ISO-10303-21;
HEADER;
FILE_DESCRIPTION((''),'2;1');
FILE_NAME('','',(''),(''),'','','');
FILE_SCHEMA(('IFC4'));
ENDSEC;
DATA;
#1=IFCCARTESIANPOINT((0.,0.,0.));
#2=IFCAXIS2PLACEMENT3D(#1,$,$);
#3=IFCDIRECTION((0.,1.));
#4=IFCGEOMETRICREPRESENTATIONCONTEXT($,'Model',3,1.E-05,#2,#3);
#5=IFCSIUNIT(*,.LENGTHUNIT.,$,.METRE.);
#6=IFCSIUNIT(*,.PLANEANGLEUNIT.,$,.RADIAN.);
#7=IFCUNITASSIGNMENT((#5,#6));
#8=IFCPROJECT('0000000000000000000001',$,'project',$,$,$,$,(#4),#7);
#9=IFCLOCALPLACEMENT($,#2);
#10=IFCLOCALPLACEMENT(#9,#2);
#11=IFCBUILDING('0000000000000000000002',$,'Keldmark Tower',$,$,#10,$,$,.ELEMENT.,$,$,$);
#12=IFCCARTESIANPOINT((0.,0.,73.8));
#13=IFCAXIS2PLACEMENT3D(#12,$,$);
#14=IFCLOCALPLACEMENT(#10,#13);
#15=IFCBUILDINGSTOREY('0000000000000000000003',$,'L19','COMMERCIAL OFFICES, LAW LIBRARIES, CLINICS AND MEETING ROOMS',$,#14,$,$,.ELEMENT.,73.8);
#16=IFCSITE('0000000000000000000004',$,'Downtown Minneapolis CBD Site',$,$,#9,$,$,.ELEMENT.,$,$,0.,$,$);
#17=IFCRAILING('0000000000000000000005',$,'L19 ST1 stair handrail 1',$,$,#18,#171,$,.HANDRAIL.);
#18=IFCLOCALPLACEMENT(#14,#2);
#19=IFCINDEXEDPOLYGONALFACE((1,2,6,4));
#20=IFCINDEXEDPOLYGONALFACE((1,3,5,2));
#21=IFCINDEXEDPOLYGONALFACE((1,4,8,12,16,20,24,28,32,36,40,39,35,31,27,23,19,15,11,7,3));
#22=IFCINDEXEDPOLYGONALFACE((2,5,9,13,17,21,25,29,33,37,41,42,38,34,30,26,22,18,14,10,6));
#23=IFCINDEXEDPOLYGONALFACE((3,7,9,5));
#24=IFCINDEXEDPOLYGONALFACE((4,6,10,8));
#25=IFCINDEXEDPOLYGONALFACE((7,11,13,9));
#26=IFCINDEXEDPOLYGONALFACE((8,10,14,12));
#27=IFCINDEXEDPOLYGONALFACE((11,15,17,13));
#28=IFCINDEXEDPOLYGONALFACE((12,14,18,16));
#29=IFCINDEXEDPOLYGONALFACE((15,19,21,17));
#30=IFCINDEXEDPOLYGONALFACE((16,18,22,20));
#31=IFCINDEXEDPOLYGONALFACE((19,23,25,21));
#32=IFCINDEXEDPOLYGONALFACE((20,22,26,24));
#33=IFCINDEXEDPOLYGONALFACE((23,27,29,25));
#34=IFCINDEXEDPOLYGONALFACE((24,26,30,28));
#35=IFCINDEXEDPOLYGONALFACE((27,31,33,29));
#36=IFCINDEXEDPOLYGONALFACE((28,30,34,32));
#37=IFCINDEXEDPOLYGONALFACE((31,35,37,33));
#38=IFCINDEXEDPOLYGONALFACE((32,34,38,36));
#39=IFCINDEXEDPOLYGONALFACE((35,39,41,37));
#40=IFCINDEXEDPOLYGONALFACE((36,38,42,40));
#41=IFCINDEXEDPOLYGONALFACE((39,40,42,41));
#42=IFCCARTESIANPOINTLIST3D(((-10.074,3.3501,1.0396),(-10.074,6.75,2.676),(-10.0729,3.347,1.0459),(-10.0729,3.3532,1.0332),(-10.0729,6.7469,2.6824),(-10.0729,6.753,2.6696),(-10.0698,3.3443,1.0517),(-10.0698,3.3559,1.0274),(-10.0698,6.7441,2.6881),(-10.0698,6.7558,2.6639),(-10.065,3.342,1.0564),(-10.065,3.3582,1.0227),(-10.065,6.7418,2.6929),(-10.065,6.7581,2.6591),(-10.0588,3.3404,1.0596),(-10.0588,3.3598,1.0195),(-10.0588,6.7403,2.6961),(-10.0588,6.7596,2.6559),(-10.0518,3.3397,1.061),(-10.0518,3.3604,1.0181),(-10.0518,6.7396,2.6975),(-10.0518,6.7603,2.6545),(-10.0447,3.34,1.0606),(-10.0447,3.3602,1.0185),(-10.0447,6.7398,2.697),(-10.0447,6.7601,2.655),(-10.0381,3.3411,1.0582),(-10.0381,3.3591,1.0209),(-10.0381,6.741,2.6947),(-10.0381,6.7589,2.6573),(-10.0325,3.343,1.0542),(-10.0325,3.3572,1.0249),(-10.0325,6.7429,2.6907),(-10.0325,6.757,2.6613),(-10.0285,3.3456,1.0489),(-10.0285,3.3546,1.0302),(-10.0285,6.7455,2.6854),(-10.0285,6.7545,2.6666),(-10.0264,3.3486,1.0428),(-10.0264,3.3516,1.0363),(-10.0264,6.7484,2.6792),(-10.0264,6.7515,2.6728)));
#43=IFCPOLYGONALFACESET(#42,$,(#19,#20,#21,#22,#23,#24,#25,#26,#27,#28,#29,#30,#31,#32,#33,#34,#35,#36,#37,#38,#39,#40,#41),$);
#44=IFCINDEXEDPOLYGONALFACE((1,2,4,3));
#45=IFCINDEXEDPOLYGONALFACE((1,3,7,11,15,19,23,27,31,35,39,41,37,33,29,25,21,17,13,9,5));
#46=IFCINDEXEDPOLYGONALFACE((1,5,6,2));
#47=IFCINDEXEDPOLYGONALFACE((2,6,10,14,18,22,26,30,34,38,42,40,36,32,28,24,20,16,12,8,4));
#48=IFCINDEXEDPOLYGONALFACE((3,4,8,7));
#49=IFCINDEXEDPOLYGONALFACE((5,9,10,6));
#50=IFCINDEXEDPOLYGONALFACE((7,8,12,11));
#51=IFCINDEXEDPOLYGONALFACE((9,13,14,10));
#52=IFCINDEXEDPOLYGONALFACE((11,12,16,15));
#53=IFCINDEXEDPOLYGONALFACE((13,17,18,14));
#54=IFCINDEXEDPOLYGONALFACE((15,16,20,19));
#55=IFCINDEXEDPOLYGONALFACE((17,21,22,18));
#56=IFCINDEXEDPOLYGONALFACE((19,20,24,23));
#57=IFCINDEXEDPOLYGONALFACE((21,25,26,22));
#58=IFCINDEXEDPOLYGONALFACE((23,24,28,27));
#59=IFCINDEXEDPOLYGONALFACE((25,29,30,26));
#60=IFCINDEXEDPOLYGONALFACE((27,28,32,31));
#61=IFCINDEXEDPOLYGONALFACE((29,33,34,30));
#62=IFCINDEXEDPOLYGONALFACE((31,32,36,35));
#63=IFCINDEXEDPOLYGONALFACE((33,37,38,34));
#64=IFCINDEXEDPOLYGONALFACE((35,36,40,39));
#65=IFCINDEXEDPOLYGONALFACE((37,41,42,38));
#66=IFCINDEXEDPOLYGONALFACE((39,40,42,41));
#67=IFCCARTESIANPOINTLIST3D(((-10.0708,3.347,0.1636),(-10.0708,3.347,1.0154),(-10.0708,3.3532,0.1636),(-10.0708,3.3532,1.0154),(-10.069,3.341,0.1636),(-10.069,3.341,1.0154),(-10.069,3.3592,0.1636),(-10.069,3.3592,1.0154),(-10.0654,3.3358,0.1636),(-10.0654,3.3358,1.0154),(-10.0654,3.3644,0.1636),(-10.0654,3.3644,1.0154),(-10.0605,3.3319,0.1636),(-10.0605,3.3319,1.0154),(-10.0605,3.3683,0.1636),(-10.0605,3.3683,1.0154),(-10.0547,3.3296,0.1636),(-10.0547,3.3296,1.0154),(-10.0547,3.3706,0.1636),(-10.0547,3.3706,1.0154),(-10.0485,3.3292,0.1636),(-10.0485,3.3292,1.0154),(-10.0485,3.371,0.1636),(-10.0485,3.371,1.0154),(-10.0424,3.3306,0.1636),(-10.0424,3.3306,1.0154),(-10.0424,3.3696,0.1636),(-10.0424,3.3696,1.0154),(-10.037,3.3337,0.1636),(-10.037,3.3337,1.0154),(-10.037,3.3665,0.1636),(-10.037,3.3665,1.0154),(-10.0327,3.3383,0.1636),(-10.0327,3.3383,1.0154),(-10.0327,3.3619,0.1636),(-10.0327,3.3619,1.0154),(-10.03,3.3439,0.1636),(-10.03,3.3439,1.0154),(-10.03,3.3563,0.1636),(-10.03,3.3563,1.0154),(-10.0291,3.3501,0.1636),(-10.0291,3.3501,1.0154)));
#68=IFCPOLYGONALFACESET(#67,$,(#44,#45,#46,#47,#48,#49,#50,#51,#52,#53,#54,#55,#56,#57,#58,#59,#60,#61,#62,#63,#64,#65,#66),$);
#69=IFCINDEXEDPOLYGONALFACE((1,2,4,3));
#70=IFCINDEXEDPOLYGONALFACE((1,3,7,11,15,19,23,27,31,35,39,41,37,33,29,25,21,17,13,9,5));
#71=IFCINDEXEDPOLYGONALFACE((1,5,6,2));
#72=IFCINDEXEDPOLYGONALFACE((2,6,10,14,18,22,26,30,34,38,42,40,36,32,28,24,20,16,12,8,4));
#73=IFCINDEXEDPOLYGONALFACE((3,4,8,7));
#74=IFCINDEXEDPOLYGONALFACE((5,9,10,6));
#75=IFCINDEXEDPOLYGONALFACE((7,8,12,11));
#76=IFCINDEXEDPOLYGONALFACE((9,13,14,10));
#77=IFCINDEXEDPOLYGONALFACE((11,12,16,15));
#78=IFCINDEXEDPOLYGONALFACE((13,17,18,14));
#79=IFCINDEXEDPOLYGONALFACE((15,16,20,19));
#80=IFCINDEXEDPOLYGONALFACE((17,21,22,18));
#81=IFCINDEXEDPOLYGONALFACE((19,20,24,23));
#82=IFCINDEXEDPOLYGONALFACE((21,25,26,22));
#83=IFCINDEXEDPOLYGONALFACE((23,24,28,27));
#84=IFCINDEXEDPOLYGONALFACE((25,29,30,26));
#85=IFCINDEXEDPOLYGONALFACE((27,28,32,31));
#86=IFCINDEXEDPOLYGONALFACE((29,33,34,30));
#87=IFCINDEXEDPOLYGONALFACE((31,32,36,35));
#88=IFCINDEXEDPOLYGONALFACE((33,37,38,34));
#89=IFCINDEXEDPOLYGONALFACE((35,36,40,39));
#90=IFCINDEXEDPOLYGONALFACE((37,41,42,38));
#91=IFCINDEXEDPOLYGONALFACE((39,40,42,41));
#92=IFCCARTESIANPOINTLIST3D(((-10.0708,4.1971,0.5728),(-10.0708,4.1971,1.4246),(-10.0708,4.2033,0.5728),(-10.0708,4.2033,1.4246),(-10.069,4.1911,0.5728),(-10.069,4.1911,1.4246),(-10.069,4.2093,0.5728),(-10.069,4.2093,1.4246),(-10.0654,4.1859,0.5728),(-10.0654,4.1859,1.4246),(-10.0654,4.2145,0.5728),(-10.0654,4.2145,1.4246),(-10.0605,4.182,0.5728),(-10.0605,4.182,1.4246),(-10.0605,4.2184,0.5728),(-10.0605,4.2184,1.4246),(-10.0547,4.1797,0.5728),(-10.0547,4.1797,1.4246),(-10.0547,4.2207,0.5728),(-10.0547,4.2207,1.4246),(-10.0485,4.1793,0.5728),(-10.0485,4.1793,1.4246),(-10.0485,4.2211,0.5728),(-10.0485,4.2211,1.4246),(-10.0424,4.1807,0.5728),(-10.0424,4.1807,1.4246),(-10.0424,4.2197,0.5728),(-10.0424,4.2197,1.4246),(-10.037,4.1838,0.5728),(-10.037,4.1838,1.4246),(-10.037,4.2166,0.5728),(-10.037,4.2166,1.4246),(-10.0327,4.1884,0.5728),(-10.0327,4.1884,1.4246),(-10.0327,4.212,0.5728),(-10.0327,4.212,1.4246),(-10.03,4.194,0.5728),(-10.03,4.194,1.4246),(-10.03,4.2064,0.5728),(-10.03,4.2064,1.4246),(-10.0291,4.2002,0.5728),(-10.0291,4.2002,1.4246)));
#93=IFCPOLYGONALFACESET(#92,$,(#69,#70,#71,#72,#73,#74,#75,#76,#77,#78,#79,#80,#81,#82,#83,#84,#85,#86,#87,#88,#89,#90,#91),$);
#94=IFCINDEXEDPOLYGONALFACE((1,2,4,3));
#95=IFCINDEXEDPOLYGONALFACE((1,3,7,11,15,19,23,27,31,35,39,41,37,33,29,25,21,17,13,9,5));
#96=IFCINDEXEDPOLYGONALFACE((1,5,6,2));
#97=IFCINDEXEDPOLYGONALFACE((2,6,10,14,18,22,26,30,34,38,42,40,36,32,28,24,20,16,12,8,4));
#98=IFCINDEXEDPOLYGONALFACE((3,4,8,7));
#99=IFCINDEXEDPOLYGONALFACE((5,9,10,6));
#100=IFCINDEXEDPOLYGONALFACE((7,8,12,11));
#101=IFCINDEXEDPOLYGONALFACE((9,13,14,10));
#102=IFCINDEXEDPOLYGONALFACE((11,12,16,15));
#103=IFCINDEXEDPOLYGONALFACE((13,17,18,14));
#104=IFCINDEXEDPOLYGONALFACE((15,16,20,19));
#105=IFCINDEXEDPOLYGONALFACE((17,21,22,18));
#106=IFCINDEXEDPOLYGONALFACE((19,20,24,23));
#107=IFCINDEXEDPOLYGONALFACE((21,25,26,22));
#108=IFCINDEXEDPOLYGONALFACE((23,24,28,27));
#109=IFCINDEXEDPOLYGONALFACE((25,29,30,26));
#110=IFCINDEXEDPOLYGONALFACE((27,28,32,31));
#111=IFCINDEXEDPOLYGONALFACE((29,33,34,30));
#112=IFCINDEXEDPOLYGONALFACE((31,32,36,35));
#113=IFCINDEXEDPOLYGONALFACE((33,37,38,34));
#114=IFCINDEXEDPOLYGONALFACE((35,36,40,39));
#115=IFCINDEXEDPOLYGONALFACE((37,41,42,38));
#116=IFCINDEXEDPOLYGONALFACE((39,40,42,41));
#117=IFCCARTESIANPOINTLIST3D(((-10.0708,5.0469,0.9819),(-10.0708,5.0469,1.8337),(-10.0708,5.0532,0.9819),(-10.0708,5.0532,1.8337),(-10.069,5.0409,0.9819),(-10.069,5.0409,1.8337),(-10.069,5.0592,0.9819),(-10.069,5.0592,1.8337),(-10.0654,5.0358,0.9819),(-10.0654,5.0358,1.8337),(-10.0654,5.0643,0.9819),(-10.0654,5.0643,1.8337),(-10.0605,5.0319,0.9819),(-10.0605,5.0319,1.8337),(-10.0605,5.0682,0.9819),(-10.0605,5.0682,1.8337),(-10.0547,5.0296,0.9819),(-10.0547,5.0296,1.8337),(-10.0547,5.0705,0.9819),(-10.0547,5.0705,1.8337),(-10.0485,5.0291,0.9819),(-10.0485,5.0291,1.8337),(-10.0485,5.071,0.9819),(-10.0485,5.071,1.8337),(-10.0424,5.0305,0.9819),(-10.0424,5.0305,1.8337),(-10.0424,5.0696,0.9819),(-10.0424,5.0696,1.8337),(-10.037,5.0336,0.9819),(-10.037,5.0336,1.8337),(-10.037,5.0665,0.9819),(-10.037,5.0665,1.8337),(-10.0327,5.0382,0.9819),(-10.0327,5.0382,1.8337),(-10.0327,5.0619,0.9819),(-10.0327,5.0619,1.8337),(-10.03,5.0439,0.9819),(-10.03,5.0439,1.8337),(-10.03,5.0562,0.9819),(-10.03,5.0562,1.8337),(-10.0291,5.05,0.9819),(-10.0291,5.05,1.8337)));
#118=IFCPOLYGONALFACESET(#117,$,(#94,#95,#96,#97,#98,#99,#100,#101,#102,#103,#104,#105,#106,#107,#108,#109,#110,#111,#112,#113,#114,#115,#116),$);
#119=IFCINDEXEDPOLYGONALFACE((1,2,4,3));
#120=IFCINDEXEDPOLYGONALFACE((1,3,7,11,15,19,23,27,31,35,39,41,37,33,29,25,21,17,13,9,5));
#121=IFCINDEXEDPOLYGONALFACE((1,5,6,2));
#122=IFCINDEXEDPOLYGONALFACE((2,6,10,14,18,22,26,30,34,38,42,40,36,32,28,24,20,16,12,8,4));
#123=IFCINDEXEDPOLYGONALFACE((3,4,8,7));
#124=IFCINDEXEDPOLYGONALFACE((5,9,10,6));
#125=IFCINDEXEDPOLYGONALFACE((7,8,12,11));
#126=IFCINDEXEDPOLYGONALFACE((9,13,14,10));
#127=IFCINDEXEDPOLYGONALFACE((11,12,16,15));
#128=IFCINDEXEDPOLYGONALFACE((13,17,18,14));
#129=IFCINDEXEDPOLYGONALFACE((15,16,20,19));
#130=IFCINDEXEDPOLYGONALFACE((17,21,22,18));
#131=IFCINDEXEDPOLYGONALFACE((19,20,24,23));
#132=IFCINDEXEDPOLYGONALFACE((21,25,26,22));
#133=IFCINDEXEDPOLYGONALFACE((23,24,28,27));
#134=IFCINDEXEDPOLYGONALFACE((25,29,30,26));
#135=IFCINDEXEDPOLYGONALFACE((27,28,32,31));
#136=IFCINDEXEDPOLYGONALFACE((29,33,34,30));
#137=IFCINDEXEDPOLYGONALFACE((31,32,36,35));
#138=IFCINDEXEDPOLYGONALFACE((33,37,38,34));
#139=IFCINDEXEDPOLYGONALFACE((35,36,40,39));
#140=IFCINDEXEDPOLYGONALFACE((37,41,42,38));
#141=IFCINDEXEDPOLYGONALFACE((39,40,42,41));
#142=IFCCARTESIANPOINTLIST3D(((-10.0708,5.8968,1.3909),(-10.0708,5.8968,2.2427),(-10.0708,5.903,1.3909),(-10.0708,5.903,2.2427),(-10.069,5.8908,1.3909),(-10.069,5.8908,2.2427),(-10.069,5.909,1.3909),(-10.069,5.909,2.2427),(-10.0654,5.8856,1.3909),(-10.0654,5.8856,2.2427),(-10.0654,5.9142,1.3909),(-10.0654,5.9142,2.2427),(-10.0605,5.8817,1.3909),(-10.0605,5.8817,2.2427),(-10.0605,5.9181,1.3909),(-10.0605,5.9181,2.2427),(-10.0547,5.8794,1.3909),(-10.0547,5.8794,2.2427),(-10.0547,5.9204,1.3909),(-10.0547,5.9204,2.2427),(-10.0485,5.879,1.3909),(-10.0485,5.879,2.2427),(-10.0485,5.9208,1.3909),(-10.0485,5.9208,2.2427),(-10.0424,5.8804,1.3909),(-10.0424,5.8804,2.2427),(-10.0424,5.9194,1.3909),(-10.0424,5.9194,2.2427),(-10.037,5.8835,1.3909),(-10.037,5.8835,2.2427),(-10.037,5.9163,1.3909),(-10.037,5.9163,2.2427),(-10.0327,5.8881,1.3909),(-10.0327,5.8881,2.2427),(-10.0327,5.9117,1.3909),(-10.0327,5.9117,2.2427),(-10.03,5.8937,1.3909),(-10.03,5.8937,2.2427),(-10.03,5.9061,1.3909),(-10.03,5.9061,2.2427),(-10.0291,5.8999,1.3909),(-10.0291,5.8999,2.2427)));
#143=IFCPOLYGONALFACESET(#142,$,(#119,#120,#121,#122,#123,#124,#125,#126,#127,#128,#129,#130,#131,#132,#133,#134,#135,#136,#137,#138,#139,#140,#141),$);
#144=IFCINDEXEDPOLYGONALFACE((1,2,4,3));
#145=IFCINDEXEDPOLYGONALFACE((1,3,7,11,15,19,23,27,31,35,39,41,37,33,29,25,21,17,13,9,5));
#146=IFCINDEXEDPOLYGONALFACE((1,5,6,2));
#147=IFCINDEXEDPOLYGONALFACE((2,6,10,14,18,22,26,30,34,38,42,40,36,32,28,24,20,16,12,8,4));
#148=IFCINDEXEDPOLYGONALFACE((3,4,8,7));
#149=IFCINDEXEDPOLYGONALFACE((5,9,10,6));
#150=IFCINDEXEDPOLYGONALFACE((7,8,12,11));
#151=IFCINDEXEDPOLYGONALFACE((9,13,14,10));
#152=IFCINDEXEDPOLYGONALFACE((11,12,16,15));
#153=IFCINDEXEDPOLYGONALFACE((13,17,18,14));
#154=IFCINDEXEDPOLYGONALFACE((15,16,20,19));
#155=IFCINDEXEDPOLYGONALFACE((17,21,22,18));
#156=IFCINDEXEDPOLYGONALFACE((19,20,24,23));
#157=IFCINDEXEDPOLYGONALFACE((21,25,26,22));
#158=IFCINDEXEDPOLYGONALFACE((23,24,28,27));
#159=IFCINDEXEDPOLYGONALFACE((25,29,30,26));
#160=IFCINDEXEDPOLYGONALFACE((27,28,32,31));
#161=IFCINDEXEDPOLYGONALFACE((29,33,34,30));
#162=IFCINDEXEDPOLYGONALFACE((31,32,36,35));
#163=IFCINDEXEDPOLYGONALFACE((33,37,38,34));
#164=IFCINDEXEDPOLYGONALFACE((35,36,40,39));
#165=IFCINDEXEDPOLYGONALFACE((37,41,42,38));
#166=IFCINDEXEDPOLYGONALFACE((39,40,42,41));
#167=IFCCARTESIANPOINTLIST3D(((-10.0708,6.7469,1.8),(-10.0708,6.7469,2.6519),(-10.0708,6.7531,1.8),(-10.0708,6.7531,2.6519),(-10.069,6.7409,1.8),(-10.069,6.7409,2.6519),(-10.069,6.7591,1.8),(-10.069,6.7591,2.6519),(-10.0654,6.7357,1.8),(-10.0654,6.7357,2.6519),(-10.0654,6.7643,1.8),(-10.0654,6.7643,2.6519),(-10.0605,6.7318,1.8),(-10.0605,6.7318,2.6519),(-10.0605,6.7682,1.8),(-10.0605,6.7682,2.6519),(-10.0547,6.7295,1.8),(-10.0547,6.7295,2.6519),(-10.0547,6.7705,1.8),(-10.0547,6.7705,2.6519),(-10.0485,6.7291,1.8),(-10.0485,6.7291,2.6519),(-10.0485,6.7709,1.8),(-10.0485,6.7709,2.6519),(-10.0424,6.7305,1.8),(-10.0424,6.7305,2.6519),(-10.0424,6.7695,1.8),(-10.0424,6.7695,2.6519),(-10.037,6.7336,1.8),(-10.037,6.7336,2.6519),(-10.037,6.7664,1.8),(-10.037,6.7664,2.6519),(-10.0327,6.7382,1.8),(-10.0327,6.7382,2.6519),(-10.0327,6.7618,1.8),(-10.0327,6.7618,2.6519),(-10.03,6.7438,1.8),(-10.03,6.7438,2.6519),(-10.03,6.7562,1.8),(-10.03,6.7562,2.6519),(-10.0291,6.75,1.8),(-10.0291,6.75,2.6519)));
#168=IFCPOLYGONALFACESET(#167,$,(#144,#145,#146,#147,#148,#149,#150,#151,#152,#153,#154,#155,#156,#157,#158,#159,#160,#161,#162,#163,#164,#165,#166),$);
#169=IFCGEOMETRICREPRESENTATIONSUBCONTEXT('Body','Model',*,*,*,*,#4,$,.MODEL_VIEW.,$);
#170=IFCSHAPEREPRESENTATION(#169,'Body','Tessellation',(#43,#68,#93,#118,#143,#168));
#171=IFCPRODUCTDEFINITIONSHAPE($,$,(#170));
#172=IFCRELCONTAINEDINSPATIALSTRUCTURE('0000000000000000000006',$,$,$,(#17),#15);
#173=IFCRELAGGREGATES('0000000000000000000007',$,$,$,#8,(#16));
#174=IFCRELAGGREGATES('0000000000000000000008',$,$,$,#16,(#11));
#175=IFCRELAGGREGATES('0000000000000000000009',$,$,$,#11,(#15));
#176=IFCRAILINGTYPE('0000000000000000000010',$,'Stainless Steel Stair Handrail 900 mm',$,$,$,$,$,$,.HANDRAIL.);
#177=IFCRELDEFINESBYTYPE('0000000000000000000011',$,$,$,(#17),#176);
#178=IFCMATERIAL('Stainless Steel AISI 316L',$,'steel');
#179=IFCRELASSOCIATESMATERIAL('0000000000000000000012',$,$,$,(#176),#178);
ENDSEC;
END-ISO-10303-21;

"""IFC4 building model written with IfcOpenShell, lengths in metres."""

from ifc_helpers import new_model, si_unit, direction, frame, origin, origin_2d, place, context, subcontext, project, spatial, circle, extrude, material, type_object, element, save


model = new_model("IFC4")

# Units and contexts
model_context = context("Model", 3, precision=1e-05, world=origin(), true_north=direction((0.0, 1.0)))
body_context = subcontext(model_context, "Body", "Model", "MODEL_VIEW")
ifc_project = project(units=[si_unit("LENGTHUNIT", "METRE"), si_unit("PLANEANGLEUNIT", "RADIAN")], contexts=[model_context])

# Site, building, storey
site_placement = place(None, origin())
site = spatial("IfcSite", under=ifc_project, at=site_placement, Name="Downtown Minneapolis CBD Site", CompositionType="ELEMENT", RefElevation=0.0)
building_placement = place(site_placement, origin())
building = spatial("IfcBuilding", under=site, at=building_placement, Name="Keldmark Tower", CompositionType="ELEMENT")
storey_placement = place(building_placement, frame((0.0, 0.0, 73.8)))
storey = spatial("IfcBuildingStorey", under=building, at=storey_placement, Name="L19", Description="COMMERCIAL OFFICES, LAW LIBRARIES, CLINICS AND MEETING ROOMS", CompositionType="ELEMENT", Elevation=73.8)

# Railing
ifc_material_1 = material(Name="Stainless Steel AISI 316L", Category="steel")
railing_type_1 = type_object("IfcRailingType", Name="Stainless Steel Stair Handrail 900 mm", PredefinedType="HANDRAIL", material=ifc_material_1)
railing_1_placement = place(storey_placement, frame((-10.05, 3.3501, 0.1636)))
element("IfcRailing", 1, at=railing_1_placement, inside=storey, type_object=railing_type_1, Name="L19 ST1 stair handrail 1", PredefinedType="HANDRAIL", context=body_context, shape_type="SweptSolid", body=[
    extrude(circle(Radius=0.0239, at=origin_2d()), frame((0.0, 0.0, 0.876), z_axis=(0.0, 0.901055, 0.433705), x_axis=(-1.0, 0.0, 0.0)), (0.0, 0.0, 1.0), 3.7732),
    extrude(circle(Radius=0.021, at=origin_2d()), origin(), (0.0, 0.0, 1.0), 0.8518),
    extrude(circle(Radius=0.021, at=origin_2d()), frame((0.0, 0.8501, 0.4092)), (0.0, 0.0, 1.0), 0.8518),
    extrude(circle(Radius=0.021, at=origin_2d()), frame((0.0, 1.7, 0.8184)), (0.0, 0.0, 1.0), 0.8518),
    extrude(circle(Radius=0.021, at=origin_2d()), frame((0.0, 2.5498, 1.2273)), (0.0, 0.0, 1.0), 0.8518),
    extrude(circle(Radius=0.021, at=origin_2d()), frame((0.0, 3.3999, 1.6365)), (0.0, 0.0, 1.0), 0.8518),
])

save(model, "model.ifc")
